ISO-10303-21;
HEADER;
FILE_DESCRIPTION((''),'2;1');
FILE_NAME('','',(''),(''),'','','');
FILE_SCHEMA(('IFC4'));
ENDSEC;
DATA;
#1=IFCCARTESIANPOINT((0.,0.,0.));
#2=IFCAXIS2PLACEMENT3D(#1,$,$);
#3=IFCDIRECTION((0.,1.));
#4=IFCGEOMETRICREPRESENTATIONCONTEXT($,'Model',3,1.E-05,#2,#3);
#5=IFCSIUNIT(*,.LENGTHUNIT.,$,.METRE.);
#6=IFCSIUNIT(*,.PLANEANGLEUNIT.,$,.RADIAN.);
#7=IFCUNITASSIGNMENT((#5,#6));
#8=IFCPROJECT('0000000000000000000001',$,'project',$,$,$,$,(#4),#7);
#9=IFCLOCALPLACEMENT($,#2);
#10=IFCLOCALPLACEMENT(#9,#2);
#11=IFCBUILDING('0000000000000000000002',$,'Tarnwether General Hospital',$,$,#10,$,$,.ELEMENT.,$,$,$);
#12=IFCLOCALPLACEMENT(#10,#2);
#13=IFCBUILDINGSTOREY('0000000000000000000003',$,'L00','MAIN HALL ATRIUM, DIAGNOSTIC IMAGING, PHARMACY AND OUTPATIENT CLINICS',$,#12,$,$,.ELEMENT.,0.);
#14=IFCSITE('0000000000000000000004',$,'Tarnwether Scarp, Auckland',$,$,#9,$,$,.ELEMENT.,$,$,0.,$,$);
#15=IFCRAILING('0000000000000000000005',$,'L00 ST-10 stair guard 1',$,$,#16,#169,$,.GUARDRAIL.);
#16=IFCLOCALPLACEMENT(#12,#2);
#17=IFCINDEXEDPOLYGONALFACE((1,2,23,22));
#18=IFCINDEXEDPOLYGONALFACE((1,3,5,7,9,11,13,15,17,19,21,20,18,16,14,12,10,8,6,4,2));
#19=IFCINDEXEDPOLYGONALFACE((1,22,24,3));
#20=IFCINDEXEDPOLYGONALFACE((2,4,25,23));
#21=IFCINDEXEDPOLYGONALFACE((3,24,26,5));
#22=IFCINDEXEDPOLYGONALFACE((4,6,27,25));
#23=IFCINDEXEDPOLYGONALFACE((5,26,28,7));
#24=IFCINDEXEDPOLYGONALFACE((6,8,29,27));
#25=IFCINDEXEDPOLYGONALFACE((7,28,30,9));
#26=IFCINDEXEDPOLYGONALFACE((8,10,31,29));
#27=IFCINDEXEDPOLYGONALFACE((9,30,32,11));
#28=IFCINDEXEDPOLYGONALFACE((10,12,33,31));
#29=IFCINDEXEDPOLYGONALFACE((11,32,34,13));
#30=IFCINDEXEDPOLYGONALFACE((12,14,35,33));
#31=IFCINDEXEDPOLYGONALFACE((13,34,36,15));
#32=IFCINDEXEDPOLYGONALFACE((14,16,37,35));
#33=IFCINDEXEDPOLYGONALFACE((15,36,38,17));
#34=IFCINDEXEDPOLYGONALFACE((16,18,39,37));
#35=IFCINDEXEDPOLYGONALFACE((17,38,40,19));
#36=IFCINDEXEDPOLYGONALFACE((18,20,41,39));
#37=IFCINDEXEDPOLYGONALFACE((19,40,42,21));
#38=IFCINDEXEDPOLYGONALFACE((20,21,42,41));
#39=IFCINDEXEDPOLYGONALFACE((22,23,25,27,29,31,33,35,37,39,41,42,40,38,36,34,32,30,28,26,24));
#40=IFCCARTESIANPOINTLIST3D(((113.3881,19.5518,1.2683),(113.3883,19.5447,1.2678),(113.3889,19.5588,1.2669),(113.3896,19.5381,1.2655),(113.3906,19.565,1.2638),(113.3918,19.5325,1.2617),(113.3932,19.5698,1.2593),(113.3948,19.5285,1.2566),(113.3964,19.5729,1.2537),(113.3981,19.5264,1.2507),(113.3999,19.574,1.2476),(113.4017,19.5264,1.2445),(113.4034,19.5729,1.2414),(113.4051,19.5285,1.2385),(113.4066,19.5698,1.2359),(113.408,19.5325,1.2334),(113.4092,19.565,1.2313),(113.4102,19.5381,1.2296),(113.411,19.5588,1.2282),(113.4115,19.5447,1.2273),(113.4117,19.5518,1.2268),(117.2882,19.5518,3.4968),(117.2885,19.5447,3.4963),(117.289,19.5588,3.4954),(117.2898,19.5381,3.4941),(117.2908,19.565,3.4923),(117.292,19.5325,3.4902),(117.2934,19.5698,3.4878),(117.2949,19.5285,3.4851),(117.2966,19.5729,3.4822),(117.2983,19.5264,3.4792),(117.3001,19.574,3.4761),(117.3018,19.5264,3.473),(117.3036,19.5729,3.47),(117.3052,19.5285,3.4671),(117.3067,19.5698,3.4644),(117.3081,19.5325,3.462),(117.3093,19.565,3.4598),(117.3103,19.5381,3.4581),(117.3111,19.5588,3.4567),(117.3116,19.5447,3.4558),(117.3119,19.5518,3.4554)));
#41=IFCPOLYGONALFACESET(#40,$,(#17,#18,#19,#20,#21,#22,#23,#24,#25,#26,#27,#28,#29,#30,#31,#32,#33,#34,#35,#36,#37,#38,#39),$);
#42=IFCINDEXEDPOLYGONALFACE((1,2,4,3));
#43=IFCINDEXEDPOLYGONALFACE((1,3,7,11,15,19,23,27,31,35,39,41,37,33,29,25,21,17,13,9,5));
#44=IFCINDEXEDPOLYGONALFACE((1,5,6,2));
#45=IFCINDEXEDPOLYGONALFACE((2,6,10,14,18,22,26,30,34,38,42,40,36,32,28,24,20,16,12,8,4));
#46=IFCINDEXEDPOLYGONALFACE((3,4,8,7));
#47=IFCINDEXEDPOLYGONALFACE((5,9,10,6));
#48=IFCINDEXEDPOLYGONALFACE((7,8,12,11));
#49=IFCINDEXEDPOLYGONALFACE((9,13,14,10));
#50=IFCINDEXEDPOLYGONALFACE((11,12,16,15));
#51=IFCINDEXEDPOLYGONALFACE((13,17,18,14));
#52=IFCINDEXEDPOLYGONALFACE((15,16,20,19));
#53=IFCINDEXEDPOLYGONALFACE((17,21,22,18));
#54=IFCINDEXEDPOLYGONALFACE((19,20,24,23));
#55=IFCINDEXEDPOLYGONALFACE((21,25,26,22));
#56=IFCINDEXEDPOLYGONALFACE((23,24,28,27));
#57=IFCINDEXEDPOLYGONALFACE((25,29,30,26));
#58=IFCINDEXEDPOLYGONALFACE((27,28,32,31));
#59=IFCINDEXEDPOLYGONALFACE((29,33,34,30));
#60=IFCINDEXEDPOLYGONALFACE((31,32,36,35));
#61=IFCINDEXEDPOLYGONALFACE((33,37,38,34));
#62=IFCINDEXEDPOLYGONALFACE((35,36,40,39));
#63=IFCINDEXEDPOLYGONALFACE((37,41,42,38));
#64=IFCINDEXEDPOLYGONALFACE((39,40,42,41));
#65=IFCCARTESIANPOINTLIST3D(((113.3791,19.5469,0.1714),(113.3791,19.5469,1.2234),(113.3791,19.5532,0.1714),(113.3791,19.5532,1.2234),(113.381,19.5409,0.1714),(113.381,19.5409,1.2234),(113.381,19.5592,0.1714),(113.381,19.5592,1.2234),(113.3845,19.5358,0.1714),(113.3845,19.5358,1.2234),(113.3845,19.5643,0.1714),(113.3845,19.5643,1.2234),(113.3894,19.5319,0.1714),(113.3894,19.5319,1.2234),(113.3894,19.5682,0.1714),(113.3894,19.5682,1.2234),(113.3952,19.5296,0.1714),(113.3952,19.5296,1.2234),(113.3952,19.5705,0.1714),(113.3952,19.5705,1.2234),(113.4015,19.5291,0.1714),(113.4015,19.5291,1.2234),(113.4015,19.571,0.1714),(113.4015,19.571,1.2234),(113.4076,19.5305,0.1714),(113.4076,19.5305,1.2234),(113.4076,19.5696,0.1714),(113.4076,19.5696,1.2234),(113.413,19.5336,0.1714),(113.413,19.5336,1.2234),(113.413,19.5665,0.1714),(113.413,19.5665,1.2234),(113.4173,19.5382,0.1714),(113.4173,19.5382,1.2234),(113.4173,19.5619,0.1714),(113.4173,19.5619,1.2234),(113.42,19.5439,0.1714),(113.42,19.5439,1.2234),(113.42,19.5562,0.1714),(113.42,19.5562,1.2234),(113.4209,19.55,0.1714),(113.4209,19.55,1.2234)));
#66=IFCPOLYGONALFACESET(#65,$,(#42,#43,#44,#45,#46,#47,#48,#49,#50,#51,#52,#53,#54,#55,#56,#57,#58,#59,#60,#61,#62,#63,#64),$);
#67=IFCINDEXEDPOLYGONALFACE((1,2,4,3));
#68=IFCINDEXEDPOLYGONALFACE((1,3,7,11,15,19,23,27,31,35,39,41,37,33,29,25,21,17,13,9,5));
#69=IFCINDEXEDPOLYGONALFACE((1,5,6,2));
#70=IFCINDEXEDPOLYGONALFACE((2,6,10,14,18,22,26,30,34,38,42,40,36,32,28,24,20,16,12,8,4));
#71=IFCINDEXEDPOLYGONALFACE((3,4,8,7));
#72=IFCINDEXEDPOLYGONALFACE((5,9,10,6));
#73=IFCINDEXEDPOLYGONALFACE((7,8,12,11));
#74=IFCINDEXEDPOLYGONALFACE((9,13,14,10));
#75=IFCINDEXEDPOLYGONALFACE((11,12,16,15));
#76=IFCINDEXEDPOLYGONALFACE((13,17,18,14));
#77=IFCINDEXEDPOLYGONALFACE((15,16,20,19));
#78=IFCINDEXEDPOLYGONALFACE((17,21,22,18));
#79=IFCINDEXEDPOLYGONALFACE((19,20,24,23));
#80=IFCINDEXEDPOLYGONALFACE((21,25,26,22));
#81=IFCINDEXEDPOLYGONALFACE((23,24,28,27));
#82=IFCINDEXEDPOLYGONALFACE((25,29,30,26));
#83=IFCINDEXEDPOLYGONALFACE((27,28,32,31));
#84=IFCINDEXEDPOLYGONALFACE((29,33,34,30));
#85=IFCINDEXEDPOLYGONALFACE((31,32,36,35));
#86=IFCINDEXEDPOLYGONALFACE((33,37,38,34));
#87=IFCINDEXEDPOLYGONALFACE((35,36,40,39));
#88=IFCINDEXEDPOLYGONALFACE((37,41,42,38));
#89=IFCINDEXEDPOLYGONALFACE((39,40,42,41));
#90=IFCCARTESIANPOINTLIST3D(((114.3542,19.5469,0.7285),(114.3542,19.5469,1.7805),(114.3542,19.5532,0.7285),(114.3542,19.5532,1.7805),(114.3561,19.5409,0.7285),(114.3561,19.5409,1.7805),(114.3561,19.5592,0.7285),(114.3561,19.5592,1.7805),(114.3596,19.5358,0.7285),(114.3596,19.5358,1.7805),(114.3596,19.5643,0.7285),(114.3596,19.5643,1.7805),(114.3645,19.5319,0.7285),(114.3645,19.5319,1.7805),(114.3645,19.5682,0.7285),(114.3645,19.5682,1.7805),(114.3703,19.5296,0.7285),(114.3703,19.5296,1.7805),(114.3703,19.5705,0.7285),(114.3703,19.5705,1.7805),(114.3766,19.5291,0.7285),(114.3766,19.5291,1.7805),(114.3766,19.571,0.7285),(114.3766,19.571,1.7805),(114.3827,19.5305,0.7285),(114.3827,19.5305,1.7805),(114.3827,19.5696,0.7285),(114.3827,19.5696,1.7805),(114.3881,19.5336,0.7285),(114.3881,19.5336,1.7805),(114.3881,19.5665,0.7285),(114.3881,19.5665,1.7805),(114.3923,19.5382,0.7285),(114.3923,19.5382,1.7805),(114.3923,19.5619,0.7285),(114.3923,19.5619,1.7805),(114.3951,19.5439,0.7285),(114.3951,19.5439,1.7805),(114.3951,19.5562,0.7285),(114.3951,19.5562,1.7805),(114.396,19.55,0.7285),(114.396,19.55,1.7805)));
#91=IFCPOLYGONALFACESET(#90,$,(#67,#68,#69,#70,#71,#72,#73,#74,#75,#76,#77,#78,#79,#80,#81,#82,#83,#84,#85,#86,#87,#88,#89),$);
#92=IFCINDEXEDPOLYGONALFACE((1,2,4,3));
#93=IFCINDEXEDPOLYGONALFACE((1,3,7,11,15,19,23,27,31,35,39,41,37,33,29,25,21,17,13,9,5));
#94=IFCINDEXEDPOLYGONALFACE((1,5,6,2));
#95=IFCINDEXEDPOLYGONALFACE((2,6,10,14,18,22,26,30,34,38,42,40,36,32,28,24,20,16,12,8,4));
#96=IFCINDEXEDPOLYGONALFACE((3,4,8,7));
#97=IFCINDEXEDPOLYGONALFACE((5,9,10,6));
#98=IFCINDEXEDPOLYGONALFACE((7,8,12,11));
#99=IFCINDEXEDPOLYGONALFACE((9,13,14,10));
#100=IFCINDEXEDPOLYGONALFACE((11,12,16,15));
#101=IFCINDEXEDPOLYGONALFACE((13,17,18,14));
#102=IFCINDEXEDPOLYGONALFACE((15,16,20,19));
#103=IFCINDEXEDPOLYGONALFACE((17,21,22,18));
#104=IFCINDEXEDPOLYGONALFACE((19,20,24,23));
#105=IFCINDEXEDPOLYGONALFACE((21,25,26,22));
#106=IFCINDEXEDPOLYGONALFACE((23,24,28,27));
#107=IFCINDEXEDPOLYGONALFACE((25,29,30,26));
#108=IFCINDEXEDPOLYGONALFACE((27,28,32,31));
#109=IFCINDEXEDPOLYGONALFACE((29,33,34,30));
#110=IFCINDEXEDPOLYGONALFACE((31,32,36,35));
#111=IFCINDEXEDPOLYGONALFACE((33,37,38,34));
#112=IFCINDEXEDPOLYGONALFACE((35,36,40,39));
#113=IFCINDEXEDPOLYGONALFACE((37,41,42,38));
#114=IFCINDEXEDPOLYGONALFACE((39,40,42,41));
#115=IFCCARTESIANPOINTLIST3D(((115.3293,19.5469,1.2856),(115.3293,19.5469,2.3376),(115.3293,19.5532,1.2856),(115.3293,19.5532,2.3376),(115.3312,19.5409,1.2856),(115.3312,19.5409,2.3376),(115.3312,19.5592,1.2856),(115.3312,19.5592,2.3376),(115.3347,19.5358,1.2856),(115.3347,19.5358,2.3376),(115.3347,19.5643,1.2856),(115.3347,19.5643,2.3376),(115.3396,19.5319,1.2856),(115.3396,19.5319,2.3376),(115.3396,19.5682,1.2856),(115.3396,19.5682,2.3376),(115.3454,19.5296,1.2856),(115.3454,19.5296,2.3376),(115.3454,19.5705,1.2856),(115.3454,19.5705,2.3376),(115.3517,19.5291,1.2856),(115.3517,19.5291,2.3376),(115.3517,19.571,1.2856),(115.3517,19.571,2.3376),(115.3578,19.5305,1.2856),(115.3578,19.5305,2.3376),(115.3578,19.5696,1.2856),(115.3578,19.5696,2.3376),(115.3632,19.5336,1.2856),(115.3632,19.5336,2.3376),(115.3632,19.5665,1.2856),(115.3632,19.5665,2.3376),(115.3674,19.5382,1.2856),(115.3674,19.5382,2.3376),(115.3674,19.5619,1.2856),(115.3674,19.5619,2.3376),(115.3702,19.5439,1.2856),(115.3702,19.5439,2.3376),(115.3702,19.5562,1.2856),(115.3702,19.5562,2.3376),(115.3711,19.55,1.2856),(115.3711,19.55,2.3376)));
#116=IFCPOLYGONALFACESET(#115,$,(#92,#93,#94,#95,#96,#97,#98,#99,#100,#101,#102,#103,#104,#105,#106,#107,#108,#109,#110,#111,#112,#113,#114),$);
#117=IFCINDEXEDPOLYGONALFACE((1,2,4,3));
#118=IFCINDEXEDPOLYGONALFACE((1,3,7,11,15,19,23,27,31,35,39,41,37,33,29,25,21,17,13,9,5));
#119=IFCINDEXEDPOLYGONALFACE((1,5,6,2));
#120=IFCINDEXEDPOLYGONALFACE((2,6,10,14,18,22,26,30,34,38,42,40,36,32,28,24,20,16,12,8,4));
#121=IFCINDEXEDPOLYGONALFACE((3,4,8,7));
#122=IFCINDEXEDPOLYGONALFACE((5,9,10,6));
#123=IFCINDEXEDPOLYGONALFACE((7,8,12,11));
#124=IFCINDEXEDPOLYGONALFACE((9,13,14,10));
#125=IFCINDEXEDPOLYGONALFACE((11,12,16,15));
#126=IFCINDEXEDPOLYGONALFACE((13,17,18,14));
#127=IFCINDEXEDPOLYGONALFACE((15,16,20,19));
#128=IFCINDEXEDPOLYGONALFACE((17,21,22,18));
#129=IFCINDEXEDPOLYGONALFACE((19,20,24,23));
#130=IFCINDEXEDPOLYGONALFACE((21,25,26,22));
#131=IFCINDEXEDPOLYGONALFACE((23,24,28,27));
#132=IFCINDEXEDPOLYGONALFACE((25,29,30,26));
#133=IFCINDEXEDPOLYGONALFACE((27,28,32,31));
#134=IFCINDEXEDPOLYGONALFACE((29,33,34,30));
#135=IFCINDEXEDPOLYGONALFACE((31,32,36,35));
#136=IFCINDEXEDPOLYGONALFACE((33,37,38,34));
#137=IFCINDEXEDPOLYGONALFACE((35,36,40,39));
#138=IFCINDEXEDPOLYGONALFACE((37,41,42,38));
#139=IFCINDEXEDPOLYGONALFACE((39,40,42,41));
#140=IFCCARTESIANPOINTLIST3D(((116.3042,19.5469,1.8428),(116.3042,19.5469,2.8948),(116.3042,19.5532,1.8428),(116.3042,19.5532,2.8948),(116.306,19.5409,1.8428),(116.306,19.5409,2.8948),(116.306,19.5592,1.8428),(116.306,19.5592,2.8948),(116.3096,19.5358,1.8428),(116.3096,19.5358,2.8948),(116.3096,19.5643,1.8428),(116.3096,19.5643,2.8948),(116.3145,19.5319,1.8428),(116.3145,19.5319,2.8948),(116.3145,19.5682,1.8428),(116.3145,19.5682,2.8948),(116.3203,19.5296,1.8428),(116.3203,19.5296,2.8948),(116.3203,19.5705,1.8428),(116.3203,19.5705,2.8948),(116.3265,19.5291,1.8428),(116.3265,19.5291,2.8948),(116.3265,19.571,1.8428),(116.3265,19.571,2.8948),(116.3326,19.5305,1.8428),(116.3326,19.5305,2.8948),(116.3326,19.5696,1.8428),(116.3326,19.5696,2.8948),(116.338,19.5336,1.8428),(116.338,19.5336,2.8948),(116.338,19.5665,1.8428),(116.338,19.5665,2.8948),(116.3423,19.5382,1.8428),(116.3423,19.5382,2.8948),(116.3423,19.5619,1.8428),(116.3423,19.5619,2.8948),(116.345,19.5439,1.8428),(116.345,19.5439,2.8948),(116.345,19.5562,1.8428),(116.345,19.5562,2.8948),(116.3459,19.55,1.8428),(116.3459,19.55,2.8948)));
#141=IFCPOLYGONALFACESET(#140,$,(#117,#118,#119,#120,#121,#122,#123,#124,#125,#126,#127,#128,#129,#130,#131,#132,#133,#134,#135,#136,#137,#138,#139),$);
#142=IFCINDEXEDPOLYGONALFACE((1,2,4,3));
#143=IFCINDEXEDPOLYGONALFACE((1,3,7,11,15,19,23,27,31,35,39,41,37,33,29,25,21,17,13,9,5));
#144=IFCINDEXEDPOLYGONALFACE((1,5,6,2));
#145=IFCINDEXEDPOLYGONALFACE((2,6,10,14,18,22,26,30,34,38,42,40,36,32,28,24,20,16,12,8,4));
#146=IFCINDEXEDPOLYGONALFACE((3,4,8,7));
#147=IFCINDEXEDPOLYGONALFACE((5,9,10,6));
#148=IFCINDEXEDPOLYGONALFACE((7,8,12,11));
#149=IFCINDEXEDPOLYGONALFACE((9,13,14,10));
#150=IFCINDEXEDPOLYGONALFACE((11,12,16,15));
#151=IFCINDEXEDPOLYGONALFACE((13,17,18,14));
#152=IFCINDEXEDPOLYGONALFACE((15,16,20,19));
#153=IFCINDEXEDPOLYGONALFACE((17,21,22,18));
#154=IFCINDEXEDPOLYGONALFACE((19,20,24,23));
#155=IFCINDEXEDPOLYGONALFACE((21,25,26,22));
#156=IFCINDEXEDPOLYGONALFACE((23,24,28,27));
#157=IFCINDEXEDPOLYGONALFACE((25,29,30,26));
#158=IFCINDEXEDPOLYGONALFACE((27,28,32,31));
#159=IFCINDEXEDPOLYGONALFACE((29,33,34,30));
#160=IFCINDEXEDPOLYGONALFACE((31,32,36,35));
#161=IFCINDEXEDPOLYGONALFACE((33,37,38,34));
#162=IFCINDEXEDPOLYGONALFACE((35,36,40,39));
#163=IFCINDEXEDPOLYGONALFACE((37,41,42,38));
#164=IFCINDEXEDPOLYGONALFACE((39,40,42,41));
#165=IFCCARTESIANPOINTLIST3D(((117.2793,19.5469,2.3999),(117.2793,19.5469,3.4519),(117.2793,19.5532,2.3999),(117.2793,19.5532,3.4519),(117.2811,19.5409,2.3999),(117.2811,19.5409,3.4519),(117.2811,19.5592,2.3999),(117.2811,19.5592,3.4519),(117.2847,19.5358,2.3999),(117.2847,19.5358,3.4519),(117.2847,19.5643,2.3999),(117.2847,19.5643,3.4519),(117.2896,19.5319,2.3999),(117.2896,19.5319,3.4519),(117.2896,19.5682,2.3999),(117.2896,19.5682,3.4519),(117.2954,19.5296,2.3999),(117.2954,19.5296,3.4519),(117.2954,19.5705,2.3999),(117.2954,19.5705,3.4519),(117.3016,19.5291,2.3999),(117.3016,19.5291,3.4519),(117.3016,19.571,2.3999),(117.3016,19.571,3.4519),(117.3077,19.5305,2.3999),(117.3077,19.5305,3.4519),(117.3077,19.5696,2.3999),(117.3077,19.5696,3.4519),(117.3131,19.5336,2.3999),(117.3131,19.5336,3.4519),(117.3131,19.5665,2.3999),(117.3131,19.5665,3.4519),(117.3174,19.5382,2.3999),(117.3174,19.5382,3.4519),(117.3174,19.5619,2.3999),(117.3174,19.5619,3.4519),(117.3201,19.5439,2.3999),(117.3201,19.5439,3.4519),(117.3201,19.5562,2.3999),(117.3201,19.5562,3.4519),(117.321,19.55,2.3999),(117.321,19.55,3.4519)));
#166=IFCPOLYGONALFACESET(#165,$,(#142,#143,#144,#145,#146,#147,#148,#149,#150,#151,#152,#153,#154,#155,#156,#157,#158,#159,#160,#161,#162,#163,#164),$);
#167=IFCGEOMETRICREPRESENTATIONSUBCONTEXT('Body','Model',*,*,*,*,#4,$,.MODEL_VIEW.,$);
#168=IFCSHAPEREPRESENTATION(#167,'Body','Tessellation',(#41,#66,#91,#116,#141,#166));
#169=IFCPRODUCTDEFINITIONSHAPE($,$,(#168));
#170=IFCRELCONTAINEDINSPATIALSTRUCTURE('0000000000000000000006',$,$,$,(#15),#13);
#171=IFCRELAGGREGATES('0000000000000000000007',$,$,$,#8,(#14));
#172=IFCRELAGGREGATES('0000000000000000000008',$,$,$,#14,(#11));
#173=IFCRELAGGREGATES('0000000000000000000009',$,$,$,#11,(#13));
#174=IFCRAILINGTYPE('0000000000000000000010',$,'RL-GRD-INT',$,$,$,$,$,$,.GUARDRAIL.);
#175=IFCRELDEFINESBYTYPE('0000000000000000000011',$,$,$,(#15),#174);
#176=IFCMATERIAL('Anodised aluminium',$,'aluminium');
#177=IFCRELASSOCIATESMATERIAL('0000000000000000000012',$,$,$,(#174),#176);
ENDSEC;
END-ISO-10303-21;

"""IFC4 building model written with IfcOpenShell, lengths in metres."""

from ifc_helpers import new_model, si_unit, direction, frame, origin, origin_2d, place, context, subcontext, project, spatial, circle, extrude, material, type_object, element, save


model = new_model("IFC4")

# Units and contexts
model_context = context("Model", 3, precision=1e-05, world=origin(), true_north=direction((0.0, 1.0)))
body_context = subcontext(model_context, "Body", "Model", "MODEL_VIEW")
ifc_project = project(units=[si_unit("LENGTHUNIT", "METRE"), si_unit("PLANEANGLEUNIT", "RADIAN")], contexts=[model_context])

# Site, building, storey
site_placement = place(None, origin())
site = spatial("IfcSite", under=ifc_project, at=site_placement, Name="Tarnwether Scarp, Auckland", CompositionType="ELEMENT", RefElevation=0.0)
building_placement = place(site_placement, origin())
building = spatial("IfcBuilding", under=site, at=building_placement, Name="Tarnwether General Hospital", CompositionType="ELEMENT")
storey_placement = place(building_placement, origin())
storey = spatial("IfcBuildingStorey", under=building, at=storey_placement, Name="L00", Description="MAIN HALL ATRIUM, DIAGNOSTIC IMAGING, PHARMACY AND OUTPATIENT CLINICS", CompositionType="ELEMENT", Elevation=0.0)

# Railing
ifc_material_1 = material(Name="Anodised aluminium", Category="aluminium")
railing_type_1 = type_object("IfcRailingType", Name="RL-GRD-INT", PredefinedType="GUARDRAIL", material=ifc_material_1)
railing_1_placement = place(storey_placement, frame((113.3999, 19.55, 0.1714)))
element("IfcRailing", 1, at=railing_1_placement, inside=storey, type_object=railing_type_1, Name="L00 ST-10 stair guard 1", PredefinedType="GUARDRAIL", context=body_context, shape_type="SweptSolid", body=[
    extrude(circle(Radius=0.0239, at=origin_2d()), frame((0.0, 0.0, 1.0762), z_axis=(0.868257, 0.0, 0.496116), x_axis=(0.0, 1.0, 0.0)), (0.0, 0.0, 1.0), 4.4919),
    extrude(circle(Radius=0.021, at=origin_2d()), origin(), (0.0, 0.0, 1.0), 1.052),
    extrude(circle(Radius=0.021, at=origin_2d()), frame((0.9751, 0.0, 0.5571)), (0.0, 0.0, 1.0), 1.052),
    extrude(circle(Radius=0.021, at=origin_2d()), frame((1.9502, 0.0, 1.1143)), (0.0, 0.0, 1.0), 1.052),
    extrude(circle(Radius=0.021, at=origin_2d()), frame((2.925, 0.0, 1.6714)), (0.0, 0.0, 1.0), 1.052),
    extrude(circle(Radius=0.021, at=origin_2d()), frame((3.9001, 0.0, 2.2285)), (0.0, 0.0, 1.0), 1.052),
])

save(model, "model.ifc")
